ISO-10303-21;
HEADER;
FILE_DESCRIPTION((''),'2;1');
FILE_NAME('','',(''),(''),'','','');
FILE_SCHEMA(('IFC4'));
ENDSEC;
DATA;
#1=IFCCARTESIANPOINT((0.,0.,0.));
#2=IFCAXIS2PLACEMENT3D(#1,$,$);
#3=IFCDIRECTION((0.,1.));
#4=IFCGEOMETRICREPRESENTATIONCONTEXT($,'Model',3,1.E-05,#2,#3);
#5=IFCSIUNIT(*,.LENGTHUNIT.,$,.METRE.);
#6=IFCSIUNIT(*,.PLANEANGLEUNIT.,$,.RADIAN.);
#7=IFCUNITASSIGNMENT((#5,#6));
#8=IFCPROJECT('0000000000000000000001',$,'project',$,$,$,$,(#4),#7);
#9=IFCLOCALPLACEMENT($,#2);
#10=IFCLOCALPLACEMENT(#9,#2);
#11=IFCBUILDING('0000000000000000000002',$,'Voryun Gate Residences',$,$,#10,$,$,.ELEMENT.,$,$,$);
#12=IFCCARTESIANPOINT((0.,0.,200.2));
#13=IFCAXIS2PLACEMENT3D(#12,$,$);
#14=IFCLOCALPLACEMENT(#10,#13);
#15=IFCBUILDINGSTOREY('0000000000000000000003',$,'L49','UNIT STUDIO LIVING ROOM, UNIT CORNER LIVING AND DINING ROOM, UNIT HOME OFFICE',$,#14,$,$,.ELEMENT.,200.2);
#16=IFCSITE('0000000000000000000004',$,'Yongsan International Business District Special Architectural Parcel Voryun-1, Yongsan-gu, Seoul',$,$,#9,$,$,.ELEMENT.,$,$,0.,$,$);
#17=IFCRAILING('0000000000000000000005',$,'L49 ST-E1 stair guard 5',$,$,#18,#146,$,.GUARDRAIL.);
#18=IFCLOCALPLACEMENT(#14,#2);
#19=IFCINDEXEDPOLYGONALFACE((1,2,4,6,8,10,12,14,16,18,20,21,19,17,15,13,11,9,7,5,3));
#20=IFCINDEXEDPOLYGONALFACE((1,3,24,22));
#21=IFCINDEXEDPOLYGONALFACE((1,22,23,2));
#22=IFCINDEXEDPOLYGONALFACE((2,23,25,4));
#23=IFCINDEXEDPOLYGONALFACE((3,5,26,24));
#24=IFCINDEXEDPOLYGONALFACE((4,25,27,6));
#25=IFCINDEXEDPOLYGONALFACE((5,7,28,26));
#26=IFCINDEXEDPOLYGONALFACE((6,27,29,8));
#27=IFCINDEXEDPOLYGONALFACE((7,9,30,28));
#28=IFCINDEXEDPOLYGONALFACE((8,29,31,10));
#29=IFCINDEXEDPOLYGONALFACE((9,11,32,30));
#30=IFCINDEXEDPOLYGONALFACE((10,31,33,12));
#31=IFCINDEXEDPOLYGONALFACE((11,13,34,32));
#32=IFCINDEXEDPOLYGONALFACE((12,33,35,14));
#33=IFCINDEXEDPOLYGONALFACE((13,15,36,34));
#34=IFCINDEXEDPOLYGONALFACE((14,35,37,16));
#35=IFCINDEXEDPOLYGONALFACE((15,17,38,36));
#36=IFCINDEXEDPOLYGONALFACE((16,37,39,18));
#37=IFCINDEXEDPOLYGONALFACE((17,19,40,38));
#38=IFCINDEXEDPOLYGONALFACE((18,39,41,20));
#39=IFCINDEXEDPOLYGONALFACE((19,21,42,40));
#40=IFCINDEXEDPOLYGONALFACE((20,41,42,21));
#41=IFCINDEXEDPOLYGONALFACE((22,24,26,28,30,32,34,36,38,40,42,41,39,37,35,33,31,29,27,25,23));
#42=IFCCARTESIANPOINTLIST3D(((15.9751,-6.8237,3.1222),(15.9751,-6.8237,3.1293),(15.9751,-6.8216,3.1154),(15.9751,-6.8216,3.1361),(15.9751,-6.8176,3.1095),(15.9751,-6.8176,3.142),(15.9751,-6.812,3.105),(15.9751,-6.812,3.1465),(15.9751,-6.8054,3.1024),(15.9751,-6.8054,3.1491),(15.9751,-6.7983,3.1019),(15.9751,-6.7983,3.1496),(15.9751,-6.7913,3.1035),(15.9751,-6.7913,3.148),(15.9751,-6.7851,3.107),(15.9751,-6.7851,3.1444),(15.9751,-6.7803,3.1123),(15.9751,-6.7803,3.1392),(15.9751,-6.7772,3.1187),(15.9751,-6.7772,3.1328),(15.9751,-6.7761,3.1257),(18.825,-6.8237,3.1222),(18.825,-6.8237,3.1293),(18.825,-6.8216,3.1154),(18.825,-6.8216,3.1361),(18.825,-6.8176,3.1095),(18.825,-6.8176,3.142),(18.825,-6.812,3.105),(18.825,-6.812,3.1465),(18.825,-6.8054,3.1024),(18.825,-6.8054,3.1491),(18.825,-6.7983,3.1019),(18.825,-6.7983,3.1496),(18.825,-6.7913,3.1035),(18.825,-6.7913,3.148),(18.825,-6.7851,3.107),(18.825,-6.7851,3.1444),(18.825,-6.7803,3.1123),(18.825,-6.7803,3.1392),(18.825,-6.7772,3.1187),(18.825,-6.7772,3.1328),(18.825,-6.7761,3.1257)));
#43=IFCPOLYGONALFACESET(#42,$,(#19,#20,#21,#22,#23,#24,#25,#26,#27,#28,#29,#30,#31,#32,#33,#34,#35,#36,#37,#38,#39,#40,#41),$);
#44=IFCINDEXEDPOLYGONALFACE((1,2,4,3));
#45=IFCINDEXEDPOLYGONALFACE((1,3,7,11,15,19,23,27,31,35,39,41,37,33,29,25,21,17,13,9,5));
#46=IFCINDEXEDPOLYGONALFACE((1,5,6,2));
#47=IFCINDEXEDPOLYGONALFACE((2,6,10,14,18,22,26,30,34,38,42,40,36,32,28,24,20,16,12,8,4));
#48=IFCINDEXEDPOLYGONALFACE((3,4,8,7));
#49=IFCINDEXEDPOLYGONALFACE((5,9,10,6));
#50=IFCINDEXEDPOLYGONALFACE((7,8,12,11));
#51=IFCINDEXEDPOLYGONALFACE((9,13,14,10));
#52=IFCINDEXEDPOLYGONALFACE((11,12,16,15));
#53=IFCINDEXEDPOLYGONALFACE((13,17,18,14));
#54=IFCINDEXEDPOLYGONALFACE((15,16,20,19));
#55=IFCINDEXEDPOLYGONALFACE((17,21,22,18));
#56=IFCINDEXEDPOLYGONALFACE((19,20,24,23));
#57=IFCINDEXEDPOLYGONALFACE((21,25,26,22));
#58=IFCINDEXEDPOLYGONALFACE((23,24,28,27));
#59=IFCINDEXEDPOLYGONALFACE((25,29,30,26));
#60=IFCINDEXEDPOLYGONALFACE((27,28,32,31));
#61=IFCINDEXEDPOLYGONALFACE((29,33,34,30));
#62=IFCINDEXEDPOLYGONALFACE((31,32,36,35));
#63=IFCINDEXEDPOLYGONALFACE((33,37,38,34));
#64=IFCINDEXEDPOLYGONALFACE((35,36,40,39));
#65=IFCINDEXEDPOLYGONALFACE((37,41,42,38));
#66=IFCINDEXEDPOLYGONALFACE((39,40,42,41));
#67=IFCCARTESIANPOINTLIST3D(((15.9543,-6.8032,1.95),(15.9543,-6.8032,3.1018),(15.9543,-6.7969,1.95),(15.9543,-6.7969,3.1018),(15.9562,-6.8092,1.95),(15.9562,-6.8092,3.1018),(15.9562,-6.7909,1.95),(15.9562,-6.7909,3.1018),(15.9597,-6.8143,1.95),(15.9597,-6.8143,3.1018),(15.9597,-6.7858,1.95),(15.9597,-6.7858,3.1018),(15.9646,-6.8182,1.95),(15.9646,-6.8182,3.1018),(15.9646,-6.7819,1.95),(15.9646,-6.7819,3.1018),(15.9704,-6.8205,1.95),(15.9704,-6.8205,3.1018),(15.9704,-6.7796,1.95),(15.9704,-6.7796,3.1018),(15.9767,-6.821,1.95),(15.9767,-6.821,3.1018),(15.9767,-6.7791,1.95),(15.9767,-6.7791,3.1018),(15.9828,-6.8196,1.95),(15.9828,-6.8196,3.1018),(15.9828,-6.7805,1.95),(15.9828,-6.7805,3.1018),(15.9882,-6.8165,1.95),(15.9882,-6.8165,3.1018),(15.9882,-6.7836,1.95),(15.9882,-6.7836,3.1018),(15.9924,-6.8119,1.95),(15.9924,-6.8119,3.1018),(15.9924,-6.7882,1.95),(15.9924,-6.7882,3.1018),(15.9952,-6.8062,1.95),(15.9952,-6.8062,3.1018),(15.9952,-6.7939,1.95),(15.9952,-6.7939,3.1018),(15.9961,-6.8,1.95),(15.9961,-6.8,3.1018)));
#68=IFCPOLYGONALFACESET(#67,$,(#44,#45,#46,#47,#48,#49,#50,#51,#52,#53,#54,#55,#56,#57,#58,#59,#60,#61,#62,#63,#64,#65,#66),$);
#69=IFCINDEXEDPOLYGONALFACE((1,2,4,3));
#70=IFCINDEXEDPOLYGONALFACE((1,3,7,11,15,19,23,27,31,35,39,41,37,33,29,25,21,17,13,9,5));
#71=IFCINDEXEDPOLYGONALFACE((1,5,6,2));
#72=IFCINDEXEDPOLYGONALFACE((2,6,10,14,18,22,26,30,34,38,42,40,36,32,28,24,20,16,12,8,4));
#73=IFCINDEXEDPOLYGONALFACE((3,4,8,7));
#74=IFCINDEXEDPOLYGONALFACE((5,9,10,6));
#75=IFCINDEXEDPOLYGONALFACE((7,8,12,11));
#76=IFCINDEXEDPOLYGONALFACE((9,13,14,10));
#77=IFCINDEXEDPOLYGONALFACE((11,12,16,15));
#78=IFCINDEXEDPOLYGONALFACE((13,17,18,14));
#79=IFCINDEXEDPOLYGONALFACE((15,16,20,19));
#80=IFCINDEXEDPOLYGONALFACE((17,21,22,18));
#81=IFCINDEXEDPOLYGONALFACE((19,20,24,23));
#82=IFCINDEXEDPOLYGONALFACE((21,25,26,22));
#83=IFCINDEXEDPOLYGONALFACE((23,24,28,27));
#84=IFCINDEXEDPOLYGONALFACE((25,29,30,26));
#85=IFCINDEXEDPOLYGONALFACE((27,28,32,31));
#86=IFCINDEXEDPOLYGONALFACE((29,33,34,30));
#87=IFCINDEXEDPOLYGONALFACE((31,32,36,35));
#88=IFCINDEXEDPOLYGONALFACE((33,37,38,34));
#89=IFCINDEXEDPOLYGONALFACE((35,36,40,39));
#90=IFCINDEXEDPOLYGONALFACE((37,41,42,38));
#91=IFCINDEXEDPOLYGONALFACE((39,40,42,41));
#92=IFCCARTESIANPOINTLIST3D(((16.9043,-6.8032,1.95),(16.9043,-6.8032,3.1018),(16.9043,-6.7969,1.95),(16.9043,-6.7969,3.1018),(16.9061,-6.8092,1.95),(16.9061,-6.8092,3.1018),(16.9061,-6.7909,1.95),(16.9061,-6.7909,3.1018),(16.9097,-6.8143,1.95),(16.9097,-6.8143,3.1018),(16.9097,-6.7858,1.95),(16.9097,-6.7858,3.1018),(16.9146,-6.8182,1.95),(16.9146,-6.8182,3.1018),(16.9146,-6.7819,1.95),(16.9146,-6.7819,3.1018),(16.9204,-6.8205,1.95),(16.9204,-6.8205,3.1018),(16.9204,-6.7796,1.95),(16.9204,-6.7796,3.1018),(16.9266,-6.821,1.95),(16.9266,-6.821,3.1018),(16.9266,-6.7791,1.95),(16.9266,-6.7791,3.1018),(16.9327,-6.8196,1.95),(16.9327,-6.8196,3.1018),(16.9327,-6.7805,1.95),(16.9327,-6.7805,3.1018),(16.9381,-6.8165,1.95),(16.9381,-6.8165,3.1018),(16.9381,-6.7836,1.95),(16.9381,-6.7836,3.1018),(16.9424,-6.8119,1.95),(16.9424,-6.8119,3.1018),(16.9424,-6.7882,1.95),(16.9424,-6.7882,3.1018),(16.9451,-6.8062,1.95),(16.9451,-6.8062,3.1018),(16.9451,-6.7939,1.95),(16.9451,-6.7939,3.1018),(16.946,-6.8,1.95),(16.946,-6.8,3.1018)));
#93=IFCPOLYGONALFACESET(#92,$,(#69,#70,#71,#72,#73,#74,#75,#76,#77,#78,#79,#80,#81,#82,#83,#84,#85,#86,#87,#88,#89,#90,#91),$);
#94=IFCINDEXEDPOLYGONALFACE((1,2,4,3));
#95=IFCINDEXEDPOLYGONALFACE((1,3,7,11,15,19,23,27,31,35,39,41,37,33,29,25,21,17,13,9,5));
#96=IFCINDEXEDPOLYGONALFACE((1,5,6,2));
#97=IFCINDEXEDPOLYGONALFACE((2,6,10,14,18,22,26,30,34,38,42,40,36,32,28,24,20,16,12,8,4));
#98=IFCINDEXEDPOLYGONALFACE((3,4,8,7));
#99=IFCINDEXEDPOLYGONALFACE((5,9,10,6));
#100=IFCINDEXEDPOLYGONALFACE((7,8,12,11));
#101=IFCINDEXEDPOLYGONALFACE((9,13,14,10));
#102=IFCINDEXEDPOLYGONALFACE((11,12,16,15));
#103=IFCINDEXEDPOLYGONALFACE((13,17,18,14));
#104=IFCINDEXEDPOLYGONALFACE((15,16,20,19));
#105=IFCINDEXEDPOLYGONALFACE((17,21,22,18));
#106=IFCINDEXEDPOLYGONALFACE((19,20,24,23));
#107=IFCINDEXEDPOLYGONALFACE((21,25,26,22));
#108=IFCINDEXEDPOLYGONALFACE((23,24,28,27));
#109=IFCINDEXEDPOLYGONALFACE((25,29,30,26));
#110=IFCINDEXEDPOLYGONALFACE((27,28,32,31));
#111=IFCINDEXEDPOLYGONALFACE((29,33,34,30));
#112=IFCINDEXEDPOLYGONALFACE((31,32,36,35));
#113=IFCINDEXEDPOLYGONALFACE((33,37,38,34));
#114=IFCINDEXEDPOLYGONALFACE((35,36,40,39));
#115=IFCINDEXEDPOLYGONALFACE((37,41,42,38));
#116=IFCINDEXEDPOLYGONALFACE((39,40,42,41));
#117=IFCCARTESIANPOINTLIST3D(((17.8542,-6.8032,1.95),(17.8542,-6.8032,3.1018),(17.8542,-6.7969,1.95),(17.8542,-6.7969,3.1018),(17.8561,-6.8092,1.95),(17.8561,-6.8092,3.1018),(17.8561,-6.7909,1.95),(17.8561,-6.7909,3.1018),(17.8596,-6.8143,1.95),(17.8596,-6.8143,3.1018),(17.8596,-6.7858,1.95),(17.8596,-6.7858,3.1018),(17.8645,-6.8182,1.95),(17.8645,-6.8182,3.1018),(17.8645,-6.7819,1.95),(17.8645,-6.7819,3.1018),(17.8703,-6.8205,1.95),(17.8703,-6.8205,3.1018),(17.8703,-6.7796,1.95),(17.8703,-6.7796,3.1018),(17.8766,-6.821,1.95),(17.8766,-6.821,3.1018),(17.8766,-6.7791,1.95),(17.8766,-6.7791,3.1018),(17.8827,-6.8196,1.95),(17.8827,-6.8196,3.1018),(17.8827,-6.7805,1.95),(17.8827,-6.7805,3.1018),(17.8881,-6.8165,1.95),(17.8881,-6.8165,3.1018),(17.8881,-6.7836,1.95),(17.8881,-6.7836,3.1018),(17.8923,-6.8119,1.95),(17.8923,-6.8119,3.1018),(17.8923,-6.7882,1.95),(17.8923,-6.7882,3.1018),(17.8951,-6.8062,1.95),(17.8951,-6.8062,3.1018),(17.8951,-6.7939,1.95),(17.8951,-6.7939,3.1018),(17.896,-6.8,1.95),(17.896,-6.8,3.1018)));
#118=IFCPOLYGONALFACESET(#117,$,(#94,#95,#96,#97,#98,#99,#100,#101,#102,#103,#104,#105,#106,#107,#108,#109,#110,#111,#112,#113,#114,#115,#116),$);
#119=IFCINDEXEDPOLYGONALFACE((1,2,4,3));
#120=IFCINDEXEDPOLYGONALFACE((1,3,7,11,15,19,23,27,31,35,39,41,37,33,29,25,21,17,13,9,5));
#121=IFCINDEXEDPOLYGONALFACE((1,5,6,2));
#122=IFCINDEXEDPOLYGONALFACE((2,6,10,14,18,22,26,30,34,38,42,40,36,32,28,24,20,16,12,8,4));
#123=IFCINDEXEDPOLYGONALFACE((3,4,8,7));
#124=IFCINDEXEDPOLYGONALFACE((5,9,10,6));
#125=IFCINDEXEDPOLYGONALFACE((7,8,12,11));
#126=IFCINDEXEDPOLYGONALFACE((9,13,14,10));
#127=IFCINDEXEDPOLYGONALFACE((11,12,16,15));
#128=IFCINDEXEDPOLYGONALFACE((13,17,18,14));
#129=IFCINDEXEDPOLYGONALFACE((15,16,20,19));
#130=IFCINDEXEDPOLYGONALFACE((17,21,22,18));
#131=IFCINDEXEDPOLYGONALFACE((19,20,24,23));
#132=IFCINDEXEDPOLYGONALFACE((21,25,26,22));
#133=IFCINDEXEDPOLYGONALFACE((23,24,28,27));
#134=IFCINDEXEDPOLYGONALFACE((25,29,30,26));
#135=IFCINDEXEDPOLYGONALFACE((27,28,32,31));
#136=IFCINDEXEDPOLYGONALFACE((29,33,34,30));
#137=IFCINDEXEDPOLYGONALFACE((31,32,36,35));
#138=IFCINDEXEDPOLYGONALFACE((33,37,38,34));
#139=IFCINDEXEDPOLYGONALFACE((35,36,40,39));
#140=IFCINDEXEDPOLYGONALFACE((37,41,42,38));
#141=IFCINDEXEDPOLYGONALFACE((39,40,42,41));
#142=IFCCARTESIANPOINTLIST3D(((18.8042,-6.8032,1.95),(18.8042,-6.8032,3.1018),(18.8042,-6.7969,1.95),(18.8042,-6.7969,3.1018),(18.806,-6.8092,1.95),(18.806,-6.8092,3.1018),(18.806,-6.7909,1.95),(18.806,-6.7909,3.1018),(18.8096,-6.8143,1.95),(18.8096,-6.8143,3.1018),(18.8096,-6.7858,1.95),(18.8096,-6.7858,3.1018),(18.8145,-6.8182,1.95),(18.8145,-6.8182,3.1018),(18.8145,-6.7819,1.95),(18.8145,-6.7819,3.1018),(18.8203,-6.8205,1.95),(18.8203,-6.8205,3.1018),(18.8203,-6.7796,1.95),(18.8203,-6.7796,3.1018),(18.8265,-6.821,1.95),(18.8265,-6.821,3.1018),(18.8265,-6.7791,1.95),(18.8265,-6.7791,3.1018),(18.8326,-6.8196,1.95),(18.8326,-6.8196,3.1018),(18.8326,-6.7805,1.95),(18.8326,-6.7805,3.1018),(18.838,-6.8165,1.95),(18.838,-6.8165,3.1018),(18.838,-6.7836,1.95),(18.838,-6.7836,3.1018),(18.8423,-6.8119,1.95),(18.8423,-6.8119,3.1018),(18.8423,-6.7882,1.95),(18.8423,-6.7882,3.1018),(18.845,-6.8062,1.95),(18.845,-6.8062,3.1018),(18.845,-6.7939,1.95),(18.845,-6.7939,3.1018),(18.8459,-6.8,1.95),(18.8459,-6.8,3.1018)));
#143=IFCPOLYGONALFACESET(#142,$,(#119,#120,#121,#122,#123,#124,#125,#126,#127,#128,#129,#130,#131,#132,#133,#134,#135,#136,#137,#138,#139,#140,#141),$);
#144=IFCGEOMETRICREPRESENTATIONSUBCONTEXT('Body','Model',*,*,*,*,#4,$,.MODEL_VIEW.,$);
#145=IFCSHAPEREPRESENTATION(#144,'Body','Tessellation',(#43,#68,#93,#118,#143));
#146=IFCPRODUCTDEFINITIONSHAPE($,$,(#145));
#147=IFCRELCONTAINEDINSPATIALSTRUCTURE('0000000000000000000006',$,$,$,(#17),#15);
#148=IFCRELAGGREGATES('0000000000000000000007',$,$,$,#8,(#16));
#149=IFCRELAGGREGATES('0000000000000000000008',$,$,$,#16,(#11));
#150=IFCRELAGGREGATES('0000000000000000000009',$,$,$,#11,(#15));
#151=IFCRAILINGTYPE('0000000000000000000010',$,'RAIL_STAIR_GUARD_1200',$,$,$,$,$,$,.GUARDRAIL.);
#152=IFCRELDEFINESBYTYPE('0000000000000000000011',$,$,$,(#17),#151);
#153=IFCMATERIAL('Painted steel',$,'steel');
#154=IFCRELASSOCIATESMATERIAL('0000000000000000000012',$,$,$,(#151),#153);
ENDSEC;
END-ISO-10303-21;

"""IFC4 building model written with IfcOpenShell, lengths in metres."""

from ifc_helpers import new_model, si_unit, direction, frame, origin, origin_2d, place, context, subcontext, project, spatial, circle, extrude, material, type_object, element, save


model = new_model("IFC4")

# Units and contexts
model_context = context("Model", 3, precision=1e-05, world=origin(), true_north=direction((0.0, 1.0)))
body_context = subcontext(model_context, "Body", "Model", "MODEL_VIEW")
ifc_project = project(units=[si_unit("LENGTHUNIT", "METRE"), si_unit("PLANEANGLEUNIT", "RADIAN")], contexts=[model_context])

# Site, building, storey
site_placement = place(None, origin())
site = spatial("IfcSite", under=ifc_project, at=site_placement, Name="Yongsan International Business District Special Architectural Parcel Voryun-1, Yongsan-gu, Seoul", CompositionType="ELEMENT", RefElevation=0.0)
building_placement = place(site_placement, origin())
building = spatial("IfcBuilding", under=site, at=building_placement, Name="Voryun Gate Residences", CompositionType="ELEMENT")
storey_placement = place(building_placement, frame((0.0, 0.0, 200.2)))
storey = spatial("IfcBuildingStorey", under=building, at=storey_placement, Name="L49", Description="UNIT STUDIO LIVING ROOM, UNIT CORNER LIVING AND DINING ROOM, UNIT HOME OFFICE", CompositionType="ELEMENT", Elevation=200.2)

# Railing
ifc_material_1 = material(Name="Painted steel", Category="steel")
railing_type_1 = type_object("IfcRailingType", Name="RAIL_STAIR_GUARD_1200", PredefinedType="GUARDRAIL", material=ifc_material_1)
railing_1_placement = place(storey_placement, frame((15.9751, -6.8, 1.95)))
element("IfcRailing", 1, at=railing_1_placement, inside=storey, type_object=railing_type_1, Name="L49 ST-E1 stair guard 5", PredefinedType="GUARDRAIL", context=body_context, shape_type="SweptSolid", body=[
    extrude(circle(Radius=0.0239, at=origin_2d()), frame((0.0, 0.0, 1.1758), z_axis=(1.0, 0.0, 0.0), x_axis=(0.0, 1.0, 0.0)), (0.0, 0.0, 1.0), 2.8499),
    extrude(circle(Radius=0.021, at=origin_2d()), origin(), (0.0, 0.0, 1.0), 1.1519),
    extrude(circle(Radius=0.021, at=origin_2d()), frame((0.95, 0.0, 0.0)), (0.0, 0.0, 1.0), 1.1519),
    extrude(circle(Radius=0.021, at=origin_2d()), frame((1.8999, 0.0, 0.0)), (0.0, 0.0, 1.0), 1.1519),
    extrude(circle(Radius=0.021, at=origin_2d()), frame((2.8499, 0.0, 0.0)), (0.0, 0.0, 1.0), 1.1519),
])

save(model, "model.ifc")
